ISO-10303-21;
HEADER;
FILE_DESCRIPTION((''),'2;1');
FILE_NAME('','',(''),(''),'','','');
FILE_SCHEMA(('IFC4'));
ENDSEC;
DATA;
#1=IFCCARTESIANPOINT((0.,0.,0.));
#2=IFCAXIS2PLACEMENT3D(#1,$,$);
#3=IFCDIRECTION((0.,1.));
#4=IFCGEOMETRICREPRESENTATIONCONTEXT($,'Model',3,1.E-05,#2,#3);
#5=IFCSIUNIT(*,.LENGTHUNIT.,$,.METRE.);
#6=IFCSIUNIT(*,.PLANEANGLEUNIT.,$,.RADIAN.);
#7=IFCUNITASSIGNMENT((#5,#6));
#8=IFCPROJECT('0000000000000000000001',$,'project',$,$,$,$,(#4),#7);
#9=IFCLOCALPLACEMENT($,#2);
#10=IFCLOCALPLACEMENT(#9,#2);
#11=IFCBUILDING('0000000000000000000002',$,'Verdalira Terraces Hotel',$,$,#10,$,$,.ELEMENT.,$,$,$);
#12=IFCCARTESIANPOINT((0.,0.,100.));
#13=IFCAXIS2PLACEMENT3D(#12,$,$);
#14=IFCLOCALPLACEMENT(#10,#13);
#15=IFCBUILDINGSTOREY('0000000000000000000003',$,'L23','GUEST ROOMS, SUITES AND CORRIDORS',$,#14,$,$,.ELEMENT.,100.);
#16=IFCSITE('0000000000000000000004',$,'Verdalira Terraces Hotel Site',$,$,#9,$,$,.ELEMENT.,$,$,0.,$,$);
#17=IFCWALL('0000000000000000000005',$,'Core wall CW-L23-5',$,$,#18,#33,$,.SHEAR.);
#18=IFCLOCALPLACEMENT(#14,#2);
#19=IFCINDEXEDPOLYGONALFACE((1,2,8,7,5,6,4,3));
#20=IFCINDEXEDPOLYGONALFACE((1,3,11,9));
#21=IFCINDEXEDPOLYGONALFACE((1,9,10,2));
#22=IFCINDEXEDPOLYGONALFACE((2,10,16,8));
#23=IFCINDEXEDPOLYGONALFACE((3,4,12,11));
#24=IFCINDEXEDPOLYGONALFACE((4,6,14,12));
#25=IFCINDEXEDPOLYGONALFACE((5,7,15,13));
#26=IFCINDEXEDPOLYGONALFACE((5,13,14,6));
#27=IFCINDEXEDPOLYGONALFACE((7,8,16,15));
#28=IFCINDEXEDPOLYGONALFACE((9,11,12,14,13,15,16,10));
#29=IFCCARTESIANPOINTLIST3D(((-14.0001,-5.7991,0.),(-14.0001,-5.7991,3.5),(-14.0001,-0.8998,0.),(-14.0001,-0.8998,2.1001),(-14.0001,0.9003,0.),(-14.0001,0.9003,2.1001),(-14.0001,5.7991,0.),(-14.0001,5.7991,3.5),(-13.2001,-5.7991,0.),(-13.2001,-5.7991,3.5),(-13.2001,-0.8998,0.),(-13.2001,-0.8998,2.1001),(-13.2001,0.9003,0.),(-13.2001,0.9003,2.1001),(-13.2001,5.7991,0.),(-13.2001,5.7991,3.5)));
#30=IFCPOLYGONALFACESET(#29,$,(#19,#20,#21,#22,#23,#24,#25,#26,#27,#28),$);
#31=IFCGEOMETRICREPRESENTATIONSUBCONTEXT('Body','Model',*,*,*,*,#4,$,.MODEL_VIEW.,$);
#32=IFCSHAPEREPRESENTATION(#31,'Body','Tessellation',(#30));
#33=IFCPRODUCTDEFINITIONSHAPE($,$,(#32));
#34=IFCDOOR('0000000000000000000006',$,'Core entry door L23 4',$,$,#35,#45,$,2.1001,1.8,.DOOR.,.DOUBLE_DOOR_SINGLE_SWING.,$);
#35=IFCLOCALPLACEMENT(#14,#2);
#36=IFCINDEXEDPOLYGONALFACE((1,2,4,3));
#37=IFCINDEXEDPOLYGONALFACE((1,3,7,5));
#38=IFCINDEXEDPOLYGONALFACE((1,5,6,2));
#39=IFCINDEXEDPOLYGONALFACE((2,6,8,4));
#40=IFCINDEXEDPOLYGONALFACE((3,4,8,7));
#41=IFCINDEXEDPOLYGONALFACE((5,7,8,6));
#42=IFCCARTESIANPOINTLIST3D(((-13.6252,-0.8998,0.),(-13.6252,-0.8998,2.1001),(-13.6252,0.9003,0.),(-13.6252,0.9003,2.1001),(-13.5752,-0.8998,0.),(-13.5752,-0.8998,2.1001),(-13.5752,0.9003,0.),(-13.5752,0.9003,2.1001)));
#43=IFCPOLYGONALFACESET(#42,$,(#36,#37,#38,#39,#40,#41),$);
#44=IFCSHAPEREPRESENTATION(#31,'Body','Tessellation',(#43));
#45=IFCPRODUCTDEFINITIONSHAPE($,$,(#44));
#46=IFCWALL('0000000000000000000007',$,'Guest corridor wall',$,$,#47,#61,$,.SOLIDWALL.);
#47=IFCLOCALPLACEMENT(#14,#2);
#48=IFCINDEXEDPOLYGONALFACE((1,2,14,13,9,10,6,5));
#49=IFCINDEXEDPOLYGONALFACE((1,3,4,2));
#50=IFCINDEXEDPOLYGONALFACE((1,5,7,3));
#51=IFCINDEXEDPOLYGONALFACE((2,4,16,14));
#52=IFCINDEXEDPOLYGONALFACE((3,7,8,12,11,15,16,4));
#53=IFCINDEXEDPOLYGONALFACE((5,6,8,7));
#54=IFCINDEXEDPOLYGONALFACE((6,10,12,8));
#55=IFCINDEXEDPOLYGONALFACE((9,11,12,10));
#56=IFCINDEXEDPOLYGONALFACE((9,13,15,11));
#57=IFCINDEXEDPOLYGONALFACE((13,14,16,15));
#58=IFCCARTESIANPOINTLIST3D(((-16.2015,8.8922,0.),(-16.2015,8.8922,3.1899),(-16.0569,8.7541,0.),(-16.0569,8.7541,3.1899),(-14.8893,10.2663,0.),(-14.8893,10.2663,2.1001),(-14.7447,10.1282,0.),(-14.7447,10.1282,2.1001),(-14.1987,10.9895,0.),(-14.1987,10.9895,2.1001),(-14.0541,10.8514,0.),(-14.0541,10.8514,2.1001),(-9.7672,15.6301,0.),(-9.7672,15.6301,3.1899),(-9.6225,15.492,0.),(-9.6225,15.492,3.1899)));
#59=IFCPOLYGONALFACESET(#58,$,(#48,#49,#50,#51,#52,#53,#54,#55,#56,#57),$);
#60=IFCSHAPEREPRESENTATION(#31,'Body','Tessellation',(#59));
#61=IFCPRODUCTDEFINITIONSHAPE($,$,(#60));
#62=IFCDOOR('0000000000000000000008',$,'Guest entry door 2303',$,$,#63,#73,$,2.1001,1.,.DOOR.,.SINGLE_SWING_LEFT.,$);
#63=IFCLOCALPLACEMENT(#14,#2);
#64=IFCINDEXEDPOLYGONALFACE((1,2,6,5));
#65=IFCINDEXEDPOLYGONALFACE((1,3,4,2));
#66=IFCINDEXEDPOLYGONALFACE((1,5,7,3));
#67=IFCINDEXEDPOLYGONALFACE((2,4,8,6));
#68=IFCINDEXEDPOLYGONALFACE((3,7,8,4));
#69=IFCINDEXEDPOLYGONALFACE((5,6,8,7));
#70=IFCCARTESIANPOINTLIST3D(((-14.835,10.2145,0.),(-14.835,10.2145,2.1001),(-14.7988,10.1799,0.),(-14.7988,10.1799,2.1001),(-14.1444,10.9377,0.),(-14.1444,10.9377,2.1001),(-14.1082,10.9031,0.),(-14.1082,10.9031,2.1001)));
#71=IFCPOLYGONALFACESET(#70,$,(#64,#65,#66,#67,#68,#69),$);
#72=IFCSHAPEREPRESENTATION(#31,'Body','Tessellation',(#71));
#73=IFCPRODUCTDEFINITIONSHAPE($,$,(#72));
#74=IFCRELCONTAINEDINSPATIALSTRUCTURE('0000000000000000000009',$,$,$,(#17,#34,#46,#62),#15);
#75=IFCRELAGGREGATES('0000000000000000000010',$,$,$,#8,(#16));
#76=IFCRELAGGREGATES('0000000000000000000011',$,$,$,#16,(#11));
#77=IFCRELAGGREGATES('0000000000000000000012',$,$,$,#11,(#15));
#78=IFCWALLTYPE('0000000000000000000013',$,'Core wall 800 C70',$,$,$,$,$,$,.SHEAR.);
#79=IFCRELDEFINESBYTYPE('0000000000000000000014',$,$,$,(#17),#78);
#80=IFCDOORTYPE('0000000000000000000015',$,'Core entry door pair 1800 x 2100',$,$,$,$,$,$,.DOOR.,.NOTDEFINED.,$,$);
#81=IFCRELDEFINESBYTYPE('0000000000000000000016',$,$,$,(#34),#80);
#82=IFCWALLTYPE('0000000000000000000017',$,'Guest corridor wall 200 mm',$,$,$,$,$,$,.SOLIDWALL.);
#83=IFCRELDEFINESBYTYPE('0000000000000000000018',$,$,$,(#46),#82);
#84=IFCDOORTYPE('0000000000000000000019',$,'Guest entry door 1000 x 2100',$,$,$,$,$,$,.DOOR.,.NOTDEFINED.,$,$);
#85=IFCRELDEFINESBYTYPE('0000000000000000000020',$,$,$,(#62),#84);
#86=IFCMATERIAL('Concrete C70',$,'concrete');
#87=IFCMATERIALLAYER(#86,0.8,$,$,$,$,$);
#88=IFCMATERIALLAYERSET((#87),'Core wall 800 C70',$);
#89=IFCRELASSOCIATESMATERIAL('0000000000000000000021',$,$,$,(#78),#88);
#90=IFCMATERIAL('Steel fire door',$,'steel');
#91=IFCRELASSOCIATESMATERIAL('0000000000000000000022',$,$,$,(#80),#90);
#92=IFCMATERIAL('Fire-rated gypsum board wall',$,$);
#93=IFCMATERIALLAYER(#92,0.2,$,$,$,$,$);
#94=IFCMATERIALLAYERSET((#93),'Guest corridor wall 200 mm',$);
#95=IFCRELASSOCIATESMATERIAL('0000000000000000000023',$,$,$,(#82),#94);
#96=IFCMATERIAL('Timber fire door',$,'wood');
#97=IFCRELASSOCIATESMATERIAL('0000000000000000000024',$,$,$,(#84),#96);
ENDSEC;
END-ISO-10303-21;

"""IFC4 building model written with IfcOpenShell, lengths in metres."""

from ifc_helpers import new_model, si_unit, direction, frame, frame_2d, origin, place, context, subcontext, project, spatial, rectangle, extrude, material, layer, layer_set, type_object, element, fill, save


model = new_model("IFC4")

# Units and contexts
model_context = context("Model", 3, precision=1e-05, world=origin(), true_north=direction((0.0, 1.0)))
body_context = subcontext(model_context, "Body", "Model", "MODEL_VIEW")
ifc_project = project(units=[si_unit("LENGTHUNIT", "METRE"), si_unit("PLANEANGLEUNIT", "RADIAN")], contexts=[model_context])

# Site, building, storey
site_placement = place(None, origin())
site = spatial("IfcSite", under=ifc_project, at=site_placement, Name="Verdalira Terraces Hotel Site", CompositionType="ELEMENT", RefElevation=0.0)
building_placement = place(site_placement, origin())
building = spatial("IfcBuilding", under=site, at=building_placement, Name="Verdalira Terraces Hotel", CompositionType="ELEMENT")
storey_placement = place(building_placement, frame((0.0, 0.0, 100.0)))
storey = spatial("IfcBuildingStorey", under=building, at=storey_placement, Name="L23", Description="GUEST ROOMS, SUITES AND CORRIDORS", CompositionType="ELEMENT", Elevation=100.0)

# Shared definitions
ifc_material_1 = material(Name="Concrete C70", Category="concrete")
ifc_layer_1 = layer(ifc_material_1, 0.8)
ifc_layer_set_1 = layer_set([ifc_layer_1], Name="Core wall 800 C70")
wall_type_1 = type_object("IfcWallType", Name="Core wall 800 C70", PredefinedType="SHEAR", material=ifc_layer_set_1)

# Walls, openings, doors
wall_1_placement = place(storey_placement, frame((-13.6001, 5.7991, 0.0), z_axis=(0.0, 0.0, 1.0), x_axis=(0.0, -1.0, 0.0)))
wall_1 = element("IfcWall", 1, at=wall_1_placement, inside=storey, type_object=wall_type_1, Name="Core wall CW-L23-5", PredefinedType="SHEAR", context=body_context, shape_type="SweptSolid", body=[
    extrude(rectangle(XDim=11.5981, YDim=0.8, at=frame_2d((5.7991, 0.0))), origin(), (0.0, 0.0, 1.0), 3.5),
])
opening_1_placement = place(wall_1_placement, frame((4.8989, 0.0, 0.0)))
opening_1 = element("IfcOpeningElement", 2, at=opening_1_placement, cuts=wall_1, PredefinedType="OPENING", context=body_context, shape_type="SweptSolid", body=[
    extrude(rectangle(XDim=1.8, YDim=2.1001, at=frame_2d((0.8999, 1.05))), frame((0.0, 0.4099, 0.0), z_axis=(0.0, -1.0, 0.0), x_axis=(1.0, 0.0, 0.0)), (0.0, 0.0, 1.0), 0.8201),
])
ifc_material_2 = material(Name="Steel fire door", Category="steel")
door_type_1 = type_object("IfcDoorType", Name="Core entry door pair 1800 x 2100", OperationType="NOTDEFINED", PredefinedType="DOOR", material=ifc_material_2)
door_1_placement = place(opening_1_placement, origin())
door_1 = element("IfcDoor", 3, at=door_1_placement, inside=storey, type_object=door_type_1, Name="Core entry door L23 4", OperationType="DOUBLE_DOOR_SINGLE_SWING", OverallHeight=2.1001, OverallWidth=1.8, PredefinedType="DOOR", context=body_context, shape_type="SweptSolid", body=[
    extrude(rectangle(XDim=1.8, YDim=2.1001, at=frame_2d((0.8999, 1.05))), frame((0.0, 0.0249, 0.0), z_axis=(0.0, -1.0, 0.0), x_axis=(1.0, 0.0, 0.0)), (0.0, 0.0, 1.0), 0.05),
])
fill(opening_1, door_1)
ifc_material_3 = material(Name="Fire-rated gypsum board wall")
ifc_layer_2 = layer(ifc_material_3, 0.2)
ifc_layer_set_2 = layer_set([ifc_layer_2], Name="Guest corridor wall 200 mm")
wall_type_2 = type_object("IfcWallType", Name="Guest corridor wall 200 mm", PredefinedType="SOLIDWALL", material=ifc_layer_set_2)
wall_2_placement = place(storey_placement, frame((-16.1291, 8.8232, 0.0), z_axis=(0.0, 0.0, 1.0), x_axis=(0.690633, 0.723206, 0.0)))
wall_2 = element("IfcWall", 4, at=wall_2_placement, inside=storey, type_object=wall_type_2, Name="Guest corridor wall", PredefinedType="SOLIDWALL", context=body_context, shape_type="SweptSolid", body=[
    extrude(rectangle(XDim=9.3166, YDim=0.2, at=frame_2d((4.6582, 0.0))), origin(), (0.0, 0.0, 1.0), 3.1899),
])
opening_2_placement = place(wall_2_placement, frame((1.8999, 0.0, 0.0)))
opening_2 = element("IfcOpeningElement", 5, at=opening_2_placement, cuts=wall_2, PredefinedType="OPENING", context=body_context, shape_type="SweptSolid", body=[
    extrude(rectangle(XDim=1.0, YDim=2.1001, at=frame_2d((0.5, 1.05))), frame((0.0, 0.1099, 0.0), z_axis=(0.0, -1.0, 0.0), x_axis=(1.0, 0.0, 0.0)), (0.0, 0.0, 1.0), 0.22),
])
ifc_material_4 = material(Name="Timber fire door", Category="wood")
door_type_2 = type_object("IfcDoorType", Name="Guest entry door 1000 x 2100", OperationType="NOTDEFINED", PredefinedType="DOOR", material=ifc_material_4)
door_2_placement = place(opening_2_placement, origin())
door_2 = element("IfcDoor", 6, at=door_2_placement, inside=storey, type_object=door_type_2, Name="Guest entry door 2303", OperationType="SINGLE_SWING_LEFT", OverallHeight=2.1001, OverallWidth=1.0, PredefinedType="DOOR", context=body_context, shape_type="SweptSolid", body=[
    extrude(rectangle(XDim=1.0, YDim=2.1001, at=frame_2d((0.5, 1.05))), frame((0.0, 0.0249, 0.0), z_axis=(0.0, -1.0, 0.0), x_axis=(1.0, 0.0, 0.0)), (0.0, 0.0, 1.0), 0.05),
])
fill(opening_2, door_2)

save(model, "model.ifc")
